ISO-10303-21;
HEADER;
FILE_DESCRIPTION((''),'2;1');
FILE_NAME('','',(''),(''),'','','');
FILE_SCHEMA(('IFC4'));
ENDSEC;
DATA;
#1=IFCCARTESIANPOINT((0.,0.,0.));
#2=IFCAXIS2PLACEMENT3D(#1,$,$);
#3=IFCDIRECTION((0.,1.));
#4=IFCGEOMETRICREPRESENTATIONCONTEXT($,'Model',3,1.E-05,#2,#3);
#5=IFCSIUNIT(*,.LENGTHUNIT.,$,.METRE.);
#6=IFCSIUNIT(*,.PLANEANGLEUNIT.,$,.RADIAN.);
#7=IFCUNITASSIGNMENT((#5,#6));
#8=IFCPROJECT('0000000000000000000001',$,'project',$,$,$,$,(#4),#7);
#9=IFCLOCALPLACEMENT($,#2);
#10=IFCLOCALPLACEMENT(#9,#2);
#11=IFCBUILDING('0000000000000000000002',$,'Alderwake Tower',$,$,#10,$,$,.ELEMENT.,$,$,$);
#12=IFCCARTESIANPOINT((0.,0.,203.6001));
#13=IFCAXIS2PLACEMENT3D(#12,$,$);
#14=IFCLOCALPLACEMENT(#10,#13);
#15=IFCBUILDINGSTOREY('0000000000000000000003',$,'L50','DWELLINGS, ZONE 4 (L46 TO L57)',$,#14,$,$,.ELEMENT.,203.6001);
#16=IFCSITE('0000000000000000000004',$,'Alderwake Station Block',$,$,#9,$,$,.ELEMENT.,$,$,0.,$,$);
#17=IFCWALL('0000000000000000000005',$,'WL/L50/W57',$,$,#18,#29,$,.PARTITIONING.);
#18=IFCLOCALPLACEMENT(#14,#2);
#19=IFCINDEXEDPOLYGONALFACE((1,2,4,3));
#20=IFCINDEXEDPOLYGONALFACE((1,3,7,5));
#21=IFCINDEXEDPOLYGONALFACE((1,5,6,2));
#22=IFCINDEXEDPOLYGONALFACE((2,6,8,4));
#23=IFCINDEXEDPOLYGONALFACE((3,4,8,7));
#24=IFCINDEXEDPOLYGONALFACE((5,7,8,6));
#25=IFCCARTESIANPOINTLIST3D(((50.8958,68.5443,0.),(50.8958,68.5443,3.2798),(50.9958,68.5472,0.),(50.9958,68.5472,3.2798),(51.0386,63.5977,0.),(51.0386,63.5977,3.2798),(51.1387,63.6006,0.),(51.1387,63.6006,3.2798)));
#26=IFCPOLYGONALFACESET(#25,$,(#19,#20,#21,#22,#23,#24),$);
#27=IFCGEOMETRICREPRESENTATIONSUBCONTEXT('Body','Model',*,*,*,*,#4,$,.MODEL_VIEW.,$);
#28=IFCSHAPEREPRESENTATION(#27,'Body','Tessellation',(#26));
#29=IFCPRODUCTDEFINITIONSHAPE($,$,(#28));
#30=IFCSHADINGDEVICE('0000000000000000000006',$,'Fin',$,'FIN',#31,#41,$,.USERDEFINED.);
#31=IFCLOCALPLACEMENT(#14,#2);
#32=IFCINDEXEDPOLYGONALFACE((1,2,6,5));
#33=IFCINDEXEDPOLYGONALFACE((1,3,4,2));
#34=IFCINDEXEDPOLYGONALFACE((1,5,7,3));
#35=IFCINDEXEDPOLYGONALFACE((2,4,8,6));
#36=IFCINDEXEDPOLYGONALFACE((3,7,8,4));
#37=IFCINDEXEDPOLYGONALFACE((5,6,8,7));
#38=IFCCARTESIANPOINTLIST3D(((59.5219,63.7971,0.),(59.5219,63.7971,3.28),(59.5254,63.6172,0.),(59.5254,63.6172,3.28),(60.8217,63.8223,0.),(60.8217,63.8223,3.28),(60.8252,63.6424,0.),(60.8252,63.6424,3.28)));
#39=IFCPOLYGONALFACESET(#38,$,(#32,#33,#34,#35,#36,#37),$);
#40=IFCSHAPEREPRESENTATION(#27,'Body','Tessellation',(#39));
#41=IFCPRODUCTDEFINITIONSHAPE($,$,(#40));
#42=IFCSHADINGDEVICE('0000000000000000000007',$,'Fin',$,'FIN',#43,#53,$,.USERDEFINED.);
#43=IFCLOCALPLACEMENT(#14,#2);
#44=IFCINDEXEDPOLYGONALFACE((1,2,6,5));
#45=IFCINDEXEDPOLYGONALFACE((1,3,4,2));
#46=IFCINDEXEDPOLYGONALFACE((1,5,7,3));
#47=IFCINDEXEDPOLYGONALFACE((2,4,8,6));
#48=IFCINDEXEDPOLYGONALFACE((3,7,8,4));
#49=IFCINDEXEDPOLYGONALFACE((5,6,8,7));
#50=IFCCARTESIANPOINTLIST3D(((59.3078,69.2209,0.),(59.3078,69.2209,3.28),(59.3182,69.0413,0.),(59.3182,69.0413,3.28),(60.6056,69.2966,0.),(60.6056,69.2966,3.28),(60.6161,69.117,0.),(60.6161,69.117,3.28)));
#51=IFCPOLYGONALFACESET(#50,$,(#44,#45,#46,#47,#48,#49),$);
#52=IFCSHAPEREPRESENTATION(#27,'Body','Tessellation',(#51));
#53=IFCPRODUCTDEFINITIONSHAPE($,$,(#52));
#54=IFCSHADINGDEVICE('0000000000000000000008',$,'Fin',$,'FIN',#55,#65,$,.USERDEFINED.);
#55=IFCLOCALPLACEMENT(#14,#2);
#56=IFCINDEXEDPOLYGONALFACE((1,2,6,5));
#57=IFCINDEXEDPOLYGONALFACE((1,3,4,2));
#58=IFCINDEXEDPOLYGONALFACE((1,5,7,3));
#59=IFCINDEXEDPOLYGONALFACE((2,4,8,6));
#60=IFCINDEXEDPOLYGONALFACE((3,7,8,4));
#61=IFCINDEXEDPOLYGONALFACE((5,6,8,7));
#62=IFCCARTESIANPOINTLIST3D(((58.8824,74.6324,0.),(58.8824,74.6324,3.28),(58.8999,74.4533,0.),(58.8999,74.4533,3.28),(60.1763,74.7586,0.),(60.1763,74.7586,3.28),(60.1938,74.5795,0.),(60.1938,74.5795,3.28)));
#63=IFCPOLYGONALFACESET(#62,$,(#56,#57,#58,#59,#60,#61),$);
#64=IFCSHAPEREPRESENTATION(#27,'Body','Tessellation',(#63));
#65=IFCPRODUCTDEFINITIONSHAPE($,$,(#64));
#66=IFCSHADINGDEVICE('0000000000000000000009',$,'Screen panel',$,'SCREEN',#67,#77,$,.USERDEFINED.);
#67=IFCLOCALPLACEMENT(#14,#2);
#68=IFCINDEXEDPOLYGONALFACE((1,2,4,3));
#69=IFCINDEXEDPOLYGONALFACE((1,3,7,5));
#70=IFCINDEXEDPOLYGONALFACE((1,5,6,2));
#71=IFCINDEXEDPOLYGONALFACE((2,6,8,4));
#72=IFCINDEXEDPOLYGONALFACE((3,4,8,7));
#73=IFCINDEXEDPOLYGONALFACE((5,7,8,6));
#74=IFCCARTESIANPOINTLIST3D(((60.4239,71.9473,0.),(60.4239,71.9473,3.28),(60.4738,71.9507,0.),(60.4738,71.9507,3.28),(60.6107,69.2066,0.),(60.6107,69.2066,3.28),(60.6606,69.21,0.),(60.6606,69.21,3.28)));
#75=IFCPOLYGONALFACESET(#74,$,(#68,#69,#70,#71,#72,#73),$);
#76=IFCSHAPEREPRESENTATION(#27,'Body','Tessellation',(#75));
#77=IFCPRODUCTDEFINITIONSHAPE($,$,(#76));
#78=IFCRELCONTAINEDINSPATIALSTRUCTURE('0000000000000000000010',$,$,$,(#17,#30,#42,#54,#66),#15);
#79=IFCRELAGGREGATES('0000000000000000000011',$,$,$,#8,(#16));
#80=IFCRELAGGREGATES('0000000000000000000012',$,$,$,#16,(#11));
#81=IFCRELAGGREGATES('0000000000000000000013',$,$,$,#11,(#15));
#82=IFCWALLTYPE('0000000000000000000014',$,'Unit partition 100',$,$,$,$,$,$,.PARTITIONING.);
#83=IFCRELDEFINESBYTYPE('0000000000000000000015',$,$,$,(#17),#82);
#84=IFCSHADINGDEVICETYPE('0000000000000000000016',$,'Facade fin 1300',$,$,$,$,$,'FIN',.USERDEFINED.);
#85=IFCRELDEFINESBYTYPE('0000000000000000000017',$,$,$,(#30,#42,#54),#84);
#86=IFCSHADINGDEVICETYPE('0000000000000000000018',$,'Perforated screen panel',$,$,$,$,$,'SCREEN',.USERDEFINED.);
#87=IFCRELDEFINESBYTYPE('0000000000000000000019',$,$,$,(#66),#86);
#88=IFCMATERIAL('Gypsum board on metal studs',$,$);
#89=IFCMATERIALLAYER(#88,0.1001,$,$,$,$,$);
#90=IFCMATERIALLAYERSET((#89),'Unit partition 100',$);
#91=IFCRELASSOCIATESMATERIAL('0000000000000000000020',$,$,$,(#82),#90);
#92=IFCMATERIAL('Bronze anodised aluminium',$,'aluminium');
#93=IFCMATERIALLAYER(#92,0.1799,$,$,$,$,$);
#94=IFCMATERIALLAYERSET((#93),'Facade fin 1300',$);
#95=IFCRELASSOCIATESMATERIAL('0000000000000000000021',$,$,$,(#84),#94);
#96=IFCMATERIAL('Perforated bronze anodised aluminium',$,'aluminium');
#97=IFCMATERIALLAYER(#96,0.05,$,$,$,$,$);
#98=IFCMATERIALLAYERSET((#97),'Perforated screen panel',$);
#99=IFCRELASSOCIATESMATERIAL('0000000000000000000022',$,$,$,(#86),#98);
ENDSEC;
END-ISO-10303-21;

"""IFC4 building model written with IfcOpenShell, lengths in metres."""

from ifc_helpers import new_model, si_unit, direction, frame, frame_2d, origin, origin_2d, place, context, subcontext, project, spatial, rectangle, extrude, material, layer, layer_set, type_object, element, save


model = new_model("IFC4")

# Units and contexts
model_context = context("Model", 3, precision=1e-05, world=origin(), true_north=direction((0.0, 1.0)))
body_context = subcontext(model_context, "Body", "Model", "MODEL_VIEW")
ifc_project = project(units=[si_unit("LENGTHUNIT", "METRE"), si_unit("PLANEANGLEUNIT", "RADIAN")], contexts=[model_context])

# Site, building, storey
site_placement = place(None, origin())
site = spatial("IfcSite", under=ifc_project, at=site_placement, Name="Alderwake Station Block", CompositionType="ELEMENT", RefElevation=0.0)
building_placement = place(site_placement, origin())
building = spatial("IfcBuilding", under=site, at=building_placement, Name="Alderwake Tower", CompositionType="ELEMENT")
storey_placement = place(building_placement, frame((0.0, 0.0, 203.6001)))
storey = spatial("IfcBuildingStorey", under=building, at=storey_placement, Name="L50", Description="DWELLINGS, ZONE 4 (L46 TO L57)", CompositionType="ELEMENT", Elevation=203.6001)

# Shared definitions
ifc_material_1 = material(Name="Gypsum board on metal studs")
ifc_layer_1 = layer(ifc_material_1, 0.1001)
ifc_layer_set_1 = layer_set([ifc_layer_1], Name="Unit partition 100")
wall_type_1 = type_object("IfcWallType", Name="Unit partition 100", PredefinedType="PARTITIONING", material=ifc_layer_set_1)

# Wall
wall_1_placement = place(storey_placement, frame((51.0886, 63.5991, 0.0), z_axis=(0.0, 0.0, 1.0), x_axis=(-0.02886, 0.999583, 0.0)))
element("IfcWall", 1, at=wall_1_placement, inside=storey, type_object=wall_type_1, Name="WL/L50/W57", PredefinedType="PARTITIONING", context=body_context, shape_type="SweptSolid", body=[
    extrude(rectangle(XDim=4.9487, YDim=0.1001, at=frame_2d((2.4744, 0.0))), origin(), (0.0, 0.0, 1.0), 3.2798),
])

# Shading devices
ifc_material_2 = material(Name="Bronze anodised aluminium", Category="aluminium")
ifc_layer_2 = layer(ifc_material_2, 0.1799)
ifc_layer_set_2 = layer_set([ifc_layer_2], Name="Facade fin 1300")
shading_device_type_1 = type_object("IfcShadingDeviceType", Name="Facade fin 1300", ElementType="FIN", PredefinedType="USERDEFINED", material=ifc_layer_set_2)
for number, where, z_axis, x_axis, name in (
    (2, (60.1736, 63.7197, 0.0), (0.0, 0.0, 1.0), (0.999812, 0.019398, 0.0), "Fin"),
    (3, (59.9619, 69.1689, 0.0), (0.0, 0.0, 1.0), (0.998301, 0.058266, 0.0), "Fin"),
    (4, (59.5381, 74.606, 0.0), (0.0, 0.0, 1.0), (0.99528, 0.097046, 0.0), "Fin"),
):
    element("IfcShadingDevice", number, at=place(storey_placement, frame(where, z_axis=z_axis, x_axis=x_axis)), inside=storey, type_object=shading_device_type_1, Name=name, ObjectType="FIN", PredefinedType="USERDEFINED", context=body_context, shape_type="SweptSolid", body=[
        extrude(rectangle(XDim=1.3, YDim=0.1799, at=origin_2d()), origin(), (0.0, 0.0, 1.0), 3.28),
    ])
ifc_material_3 = material(Name="Perforated bronze anodised aluminium", Category="aluminium")
ifc_layer_3 = layer(ifc_material_3, 0.05)
ifc_layer_set_3 = layer_set([ifc_layer_3], Name="Perforated screen panel")
shading_device_type_2 = type_object("IfcShadingDeviceType", Name="Perforated screen panel", ElementType="SCREEN", PredefinedType="USERDEFINED", material=ifc_layer_set_3)
shading_device_placement = place(storey_placement, frame((60.5422, 70.5786, 0.0), z_axis=(0.0, 0.0, 1.0), x_axis=(0.997685, 0.067998, 0.0)))
element("IfcShadingDevice", 5, at=shading_device_placement, inside=storey, type_object=shading_device_type_2, Name="Screen panel", ObjectType="SCREEN", PredefinedType="USERDEFINED", context=body_context, shape_type="SweptSolid", body=[
    extrude(rectangle(XDim=0.05, YDim=2.7471, at=origin_2d()), origin(), (0.0, 0.0, 1.0), 3.28),
])

save(model, "model.ifc")
